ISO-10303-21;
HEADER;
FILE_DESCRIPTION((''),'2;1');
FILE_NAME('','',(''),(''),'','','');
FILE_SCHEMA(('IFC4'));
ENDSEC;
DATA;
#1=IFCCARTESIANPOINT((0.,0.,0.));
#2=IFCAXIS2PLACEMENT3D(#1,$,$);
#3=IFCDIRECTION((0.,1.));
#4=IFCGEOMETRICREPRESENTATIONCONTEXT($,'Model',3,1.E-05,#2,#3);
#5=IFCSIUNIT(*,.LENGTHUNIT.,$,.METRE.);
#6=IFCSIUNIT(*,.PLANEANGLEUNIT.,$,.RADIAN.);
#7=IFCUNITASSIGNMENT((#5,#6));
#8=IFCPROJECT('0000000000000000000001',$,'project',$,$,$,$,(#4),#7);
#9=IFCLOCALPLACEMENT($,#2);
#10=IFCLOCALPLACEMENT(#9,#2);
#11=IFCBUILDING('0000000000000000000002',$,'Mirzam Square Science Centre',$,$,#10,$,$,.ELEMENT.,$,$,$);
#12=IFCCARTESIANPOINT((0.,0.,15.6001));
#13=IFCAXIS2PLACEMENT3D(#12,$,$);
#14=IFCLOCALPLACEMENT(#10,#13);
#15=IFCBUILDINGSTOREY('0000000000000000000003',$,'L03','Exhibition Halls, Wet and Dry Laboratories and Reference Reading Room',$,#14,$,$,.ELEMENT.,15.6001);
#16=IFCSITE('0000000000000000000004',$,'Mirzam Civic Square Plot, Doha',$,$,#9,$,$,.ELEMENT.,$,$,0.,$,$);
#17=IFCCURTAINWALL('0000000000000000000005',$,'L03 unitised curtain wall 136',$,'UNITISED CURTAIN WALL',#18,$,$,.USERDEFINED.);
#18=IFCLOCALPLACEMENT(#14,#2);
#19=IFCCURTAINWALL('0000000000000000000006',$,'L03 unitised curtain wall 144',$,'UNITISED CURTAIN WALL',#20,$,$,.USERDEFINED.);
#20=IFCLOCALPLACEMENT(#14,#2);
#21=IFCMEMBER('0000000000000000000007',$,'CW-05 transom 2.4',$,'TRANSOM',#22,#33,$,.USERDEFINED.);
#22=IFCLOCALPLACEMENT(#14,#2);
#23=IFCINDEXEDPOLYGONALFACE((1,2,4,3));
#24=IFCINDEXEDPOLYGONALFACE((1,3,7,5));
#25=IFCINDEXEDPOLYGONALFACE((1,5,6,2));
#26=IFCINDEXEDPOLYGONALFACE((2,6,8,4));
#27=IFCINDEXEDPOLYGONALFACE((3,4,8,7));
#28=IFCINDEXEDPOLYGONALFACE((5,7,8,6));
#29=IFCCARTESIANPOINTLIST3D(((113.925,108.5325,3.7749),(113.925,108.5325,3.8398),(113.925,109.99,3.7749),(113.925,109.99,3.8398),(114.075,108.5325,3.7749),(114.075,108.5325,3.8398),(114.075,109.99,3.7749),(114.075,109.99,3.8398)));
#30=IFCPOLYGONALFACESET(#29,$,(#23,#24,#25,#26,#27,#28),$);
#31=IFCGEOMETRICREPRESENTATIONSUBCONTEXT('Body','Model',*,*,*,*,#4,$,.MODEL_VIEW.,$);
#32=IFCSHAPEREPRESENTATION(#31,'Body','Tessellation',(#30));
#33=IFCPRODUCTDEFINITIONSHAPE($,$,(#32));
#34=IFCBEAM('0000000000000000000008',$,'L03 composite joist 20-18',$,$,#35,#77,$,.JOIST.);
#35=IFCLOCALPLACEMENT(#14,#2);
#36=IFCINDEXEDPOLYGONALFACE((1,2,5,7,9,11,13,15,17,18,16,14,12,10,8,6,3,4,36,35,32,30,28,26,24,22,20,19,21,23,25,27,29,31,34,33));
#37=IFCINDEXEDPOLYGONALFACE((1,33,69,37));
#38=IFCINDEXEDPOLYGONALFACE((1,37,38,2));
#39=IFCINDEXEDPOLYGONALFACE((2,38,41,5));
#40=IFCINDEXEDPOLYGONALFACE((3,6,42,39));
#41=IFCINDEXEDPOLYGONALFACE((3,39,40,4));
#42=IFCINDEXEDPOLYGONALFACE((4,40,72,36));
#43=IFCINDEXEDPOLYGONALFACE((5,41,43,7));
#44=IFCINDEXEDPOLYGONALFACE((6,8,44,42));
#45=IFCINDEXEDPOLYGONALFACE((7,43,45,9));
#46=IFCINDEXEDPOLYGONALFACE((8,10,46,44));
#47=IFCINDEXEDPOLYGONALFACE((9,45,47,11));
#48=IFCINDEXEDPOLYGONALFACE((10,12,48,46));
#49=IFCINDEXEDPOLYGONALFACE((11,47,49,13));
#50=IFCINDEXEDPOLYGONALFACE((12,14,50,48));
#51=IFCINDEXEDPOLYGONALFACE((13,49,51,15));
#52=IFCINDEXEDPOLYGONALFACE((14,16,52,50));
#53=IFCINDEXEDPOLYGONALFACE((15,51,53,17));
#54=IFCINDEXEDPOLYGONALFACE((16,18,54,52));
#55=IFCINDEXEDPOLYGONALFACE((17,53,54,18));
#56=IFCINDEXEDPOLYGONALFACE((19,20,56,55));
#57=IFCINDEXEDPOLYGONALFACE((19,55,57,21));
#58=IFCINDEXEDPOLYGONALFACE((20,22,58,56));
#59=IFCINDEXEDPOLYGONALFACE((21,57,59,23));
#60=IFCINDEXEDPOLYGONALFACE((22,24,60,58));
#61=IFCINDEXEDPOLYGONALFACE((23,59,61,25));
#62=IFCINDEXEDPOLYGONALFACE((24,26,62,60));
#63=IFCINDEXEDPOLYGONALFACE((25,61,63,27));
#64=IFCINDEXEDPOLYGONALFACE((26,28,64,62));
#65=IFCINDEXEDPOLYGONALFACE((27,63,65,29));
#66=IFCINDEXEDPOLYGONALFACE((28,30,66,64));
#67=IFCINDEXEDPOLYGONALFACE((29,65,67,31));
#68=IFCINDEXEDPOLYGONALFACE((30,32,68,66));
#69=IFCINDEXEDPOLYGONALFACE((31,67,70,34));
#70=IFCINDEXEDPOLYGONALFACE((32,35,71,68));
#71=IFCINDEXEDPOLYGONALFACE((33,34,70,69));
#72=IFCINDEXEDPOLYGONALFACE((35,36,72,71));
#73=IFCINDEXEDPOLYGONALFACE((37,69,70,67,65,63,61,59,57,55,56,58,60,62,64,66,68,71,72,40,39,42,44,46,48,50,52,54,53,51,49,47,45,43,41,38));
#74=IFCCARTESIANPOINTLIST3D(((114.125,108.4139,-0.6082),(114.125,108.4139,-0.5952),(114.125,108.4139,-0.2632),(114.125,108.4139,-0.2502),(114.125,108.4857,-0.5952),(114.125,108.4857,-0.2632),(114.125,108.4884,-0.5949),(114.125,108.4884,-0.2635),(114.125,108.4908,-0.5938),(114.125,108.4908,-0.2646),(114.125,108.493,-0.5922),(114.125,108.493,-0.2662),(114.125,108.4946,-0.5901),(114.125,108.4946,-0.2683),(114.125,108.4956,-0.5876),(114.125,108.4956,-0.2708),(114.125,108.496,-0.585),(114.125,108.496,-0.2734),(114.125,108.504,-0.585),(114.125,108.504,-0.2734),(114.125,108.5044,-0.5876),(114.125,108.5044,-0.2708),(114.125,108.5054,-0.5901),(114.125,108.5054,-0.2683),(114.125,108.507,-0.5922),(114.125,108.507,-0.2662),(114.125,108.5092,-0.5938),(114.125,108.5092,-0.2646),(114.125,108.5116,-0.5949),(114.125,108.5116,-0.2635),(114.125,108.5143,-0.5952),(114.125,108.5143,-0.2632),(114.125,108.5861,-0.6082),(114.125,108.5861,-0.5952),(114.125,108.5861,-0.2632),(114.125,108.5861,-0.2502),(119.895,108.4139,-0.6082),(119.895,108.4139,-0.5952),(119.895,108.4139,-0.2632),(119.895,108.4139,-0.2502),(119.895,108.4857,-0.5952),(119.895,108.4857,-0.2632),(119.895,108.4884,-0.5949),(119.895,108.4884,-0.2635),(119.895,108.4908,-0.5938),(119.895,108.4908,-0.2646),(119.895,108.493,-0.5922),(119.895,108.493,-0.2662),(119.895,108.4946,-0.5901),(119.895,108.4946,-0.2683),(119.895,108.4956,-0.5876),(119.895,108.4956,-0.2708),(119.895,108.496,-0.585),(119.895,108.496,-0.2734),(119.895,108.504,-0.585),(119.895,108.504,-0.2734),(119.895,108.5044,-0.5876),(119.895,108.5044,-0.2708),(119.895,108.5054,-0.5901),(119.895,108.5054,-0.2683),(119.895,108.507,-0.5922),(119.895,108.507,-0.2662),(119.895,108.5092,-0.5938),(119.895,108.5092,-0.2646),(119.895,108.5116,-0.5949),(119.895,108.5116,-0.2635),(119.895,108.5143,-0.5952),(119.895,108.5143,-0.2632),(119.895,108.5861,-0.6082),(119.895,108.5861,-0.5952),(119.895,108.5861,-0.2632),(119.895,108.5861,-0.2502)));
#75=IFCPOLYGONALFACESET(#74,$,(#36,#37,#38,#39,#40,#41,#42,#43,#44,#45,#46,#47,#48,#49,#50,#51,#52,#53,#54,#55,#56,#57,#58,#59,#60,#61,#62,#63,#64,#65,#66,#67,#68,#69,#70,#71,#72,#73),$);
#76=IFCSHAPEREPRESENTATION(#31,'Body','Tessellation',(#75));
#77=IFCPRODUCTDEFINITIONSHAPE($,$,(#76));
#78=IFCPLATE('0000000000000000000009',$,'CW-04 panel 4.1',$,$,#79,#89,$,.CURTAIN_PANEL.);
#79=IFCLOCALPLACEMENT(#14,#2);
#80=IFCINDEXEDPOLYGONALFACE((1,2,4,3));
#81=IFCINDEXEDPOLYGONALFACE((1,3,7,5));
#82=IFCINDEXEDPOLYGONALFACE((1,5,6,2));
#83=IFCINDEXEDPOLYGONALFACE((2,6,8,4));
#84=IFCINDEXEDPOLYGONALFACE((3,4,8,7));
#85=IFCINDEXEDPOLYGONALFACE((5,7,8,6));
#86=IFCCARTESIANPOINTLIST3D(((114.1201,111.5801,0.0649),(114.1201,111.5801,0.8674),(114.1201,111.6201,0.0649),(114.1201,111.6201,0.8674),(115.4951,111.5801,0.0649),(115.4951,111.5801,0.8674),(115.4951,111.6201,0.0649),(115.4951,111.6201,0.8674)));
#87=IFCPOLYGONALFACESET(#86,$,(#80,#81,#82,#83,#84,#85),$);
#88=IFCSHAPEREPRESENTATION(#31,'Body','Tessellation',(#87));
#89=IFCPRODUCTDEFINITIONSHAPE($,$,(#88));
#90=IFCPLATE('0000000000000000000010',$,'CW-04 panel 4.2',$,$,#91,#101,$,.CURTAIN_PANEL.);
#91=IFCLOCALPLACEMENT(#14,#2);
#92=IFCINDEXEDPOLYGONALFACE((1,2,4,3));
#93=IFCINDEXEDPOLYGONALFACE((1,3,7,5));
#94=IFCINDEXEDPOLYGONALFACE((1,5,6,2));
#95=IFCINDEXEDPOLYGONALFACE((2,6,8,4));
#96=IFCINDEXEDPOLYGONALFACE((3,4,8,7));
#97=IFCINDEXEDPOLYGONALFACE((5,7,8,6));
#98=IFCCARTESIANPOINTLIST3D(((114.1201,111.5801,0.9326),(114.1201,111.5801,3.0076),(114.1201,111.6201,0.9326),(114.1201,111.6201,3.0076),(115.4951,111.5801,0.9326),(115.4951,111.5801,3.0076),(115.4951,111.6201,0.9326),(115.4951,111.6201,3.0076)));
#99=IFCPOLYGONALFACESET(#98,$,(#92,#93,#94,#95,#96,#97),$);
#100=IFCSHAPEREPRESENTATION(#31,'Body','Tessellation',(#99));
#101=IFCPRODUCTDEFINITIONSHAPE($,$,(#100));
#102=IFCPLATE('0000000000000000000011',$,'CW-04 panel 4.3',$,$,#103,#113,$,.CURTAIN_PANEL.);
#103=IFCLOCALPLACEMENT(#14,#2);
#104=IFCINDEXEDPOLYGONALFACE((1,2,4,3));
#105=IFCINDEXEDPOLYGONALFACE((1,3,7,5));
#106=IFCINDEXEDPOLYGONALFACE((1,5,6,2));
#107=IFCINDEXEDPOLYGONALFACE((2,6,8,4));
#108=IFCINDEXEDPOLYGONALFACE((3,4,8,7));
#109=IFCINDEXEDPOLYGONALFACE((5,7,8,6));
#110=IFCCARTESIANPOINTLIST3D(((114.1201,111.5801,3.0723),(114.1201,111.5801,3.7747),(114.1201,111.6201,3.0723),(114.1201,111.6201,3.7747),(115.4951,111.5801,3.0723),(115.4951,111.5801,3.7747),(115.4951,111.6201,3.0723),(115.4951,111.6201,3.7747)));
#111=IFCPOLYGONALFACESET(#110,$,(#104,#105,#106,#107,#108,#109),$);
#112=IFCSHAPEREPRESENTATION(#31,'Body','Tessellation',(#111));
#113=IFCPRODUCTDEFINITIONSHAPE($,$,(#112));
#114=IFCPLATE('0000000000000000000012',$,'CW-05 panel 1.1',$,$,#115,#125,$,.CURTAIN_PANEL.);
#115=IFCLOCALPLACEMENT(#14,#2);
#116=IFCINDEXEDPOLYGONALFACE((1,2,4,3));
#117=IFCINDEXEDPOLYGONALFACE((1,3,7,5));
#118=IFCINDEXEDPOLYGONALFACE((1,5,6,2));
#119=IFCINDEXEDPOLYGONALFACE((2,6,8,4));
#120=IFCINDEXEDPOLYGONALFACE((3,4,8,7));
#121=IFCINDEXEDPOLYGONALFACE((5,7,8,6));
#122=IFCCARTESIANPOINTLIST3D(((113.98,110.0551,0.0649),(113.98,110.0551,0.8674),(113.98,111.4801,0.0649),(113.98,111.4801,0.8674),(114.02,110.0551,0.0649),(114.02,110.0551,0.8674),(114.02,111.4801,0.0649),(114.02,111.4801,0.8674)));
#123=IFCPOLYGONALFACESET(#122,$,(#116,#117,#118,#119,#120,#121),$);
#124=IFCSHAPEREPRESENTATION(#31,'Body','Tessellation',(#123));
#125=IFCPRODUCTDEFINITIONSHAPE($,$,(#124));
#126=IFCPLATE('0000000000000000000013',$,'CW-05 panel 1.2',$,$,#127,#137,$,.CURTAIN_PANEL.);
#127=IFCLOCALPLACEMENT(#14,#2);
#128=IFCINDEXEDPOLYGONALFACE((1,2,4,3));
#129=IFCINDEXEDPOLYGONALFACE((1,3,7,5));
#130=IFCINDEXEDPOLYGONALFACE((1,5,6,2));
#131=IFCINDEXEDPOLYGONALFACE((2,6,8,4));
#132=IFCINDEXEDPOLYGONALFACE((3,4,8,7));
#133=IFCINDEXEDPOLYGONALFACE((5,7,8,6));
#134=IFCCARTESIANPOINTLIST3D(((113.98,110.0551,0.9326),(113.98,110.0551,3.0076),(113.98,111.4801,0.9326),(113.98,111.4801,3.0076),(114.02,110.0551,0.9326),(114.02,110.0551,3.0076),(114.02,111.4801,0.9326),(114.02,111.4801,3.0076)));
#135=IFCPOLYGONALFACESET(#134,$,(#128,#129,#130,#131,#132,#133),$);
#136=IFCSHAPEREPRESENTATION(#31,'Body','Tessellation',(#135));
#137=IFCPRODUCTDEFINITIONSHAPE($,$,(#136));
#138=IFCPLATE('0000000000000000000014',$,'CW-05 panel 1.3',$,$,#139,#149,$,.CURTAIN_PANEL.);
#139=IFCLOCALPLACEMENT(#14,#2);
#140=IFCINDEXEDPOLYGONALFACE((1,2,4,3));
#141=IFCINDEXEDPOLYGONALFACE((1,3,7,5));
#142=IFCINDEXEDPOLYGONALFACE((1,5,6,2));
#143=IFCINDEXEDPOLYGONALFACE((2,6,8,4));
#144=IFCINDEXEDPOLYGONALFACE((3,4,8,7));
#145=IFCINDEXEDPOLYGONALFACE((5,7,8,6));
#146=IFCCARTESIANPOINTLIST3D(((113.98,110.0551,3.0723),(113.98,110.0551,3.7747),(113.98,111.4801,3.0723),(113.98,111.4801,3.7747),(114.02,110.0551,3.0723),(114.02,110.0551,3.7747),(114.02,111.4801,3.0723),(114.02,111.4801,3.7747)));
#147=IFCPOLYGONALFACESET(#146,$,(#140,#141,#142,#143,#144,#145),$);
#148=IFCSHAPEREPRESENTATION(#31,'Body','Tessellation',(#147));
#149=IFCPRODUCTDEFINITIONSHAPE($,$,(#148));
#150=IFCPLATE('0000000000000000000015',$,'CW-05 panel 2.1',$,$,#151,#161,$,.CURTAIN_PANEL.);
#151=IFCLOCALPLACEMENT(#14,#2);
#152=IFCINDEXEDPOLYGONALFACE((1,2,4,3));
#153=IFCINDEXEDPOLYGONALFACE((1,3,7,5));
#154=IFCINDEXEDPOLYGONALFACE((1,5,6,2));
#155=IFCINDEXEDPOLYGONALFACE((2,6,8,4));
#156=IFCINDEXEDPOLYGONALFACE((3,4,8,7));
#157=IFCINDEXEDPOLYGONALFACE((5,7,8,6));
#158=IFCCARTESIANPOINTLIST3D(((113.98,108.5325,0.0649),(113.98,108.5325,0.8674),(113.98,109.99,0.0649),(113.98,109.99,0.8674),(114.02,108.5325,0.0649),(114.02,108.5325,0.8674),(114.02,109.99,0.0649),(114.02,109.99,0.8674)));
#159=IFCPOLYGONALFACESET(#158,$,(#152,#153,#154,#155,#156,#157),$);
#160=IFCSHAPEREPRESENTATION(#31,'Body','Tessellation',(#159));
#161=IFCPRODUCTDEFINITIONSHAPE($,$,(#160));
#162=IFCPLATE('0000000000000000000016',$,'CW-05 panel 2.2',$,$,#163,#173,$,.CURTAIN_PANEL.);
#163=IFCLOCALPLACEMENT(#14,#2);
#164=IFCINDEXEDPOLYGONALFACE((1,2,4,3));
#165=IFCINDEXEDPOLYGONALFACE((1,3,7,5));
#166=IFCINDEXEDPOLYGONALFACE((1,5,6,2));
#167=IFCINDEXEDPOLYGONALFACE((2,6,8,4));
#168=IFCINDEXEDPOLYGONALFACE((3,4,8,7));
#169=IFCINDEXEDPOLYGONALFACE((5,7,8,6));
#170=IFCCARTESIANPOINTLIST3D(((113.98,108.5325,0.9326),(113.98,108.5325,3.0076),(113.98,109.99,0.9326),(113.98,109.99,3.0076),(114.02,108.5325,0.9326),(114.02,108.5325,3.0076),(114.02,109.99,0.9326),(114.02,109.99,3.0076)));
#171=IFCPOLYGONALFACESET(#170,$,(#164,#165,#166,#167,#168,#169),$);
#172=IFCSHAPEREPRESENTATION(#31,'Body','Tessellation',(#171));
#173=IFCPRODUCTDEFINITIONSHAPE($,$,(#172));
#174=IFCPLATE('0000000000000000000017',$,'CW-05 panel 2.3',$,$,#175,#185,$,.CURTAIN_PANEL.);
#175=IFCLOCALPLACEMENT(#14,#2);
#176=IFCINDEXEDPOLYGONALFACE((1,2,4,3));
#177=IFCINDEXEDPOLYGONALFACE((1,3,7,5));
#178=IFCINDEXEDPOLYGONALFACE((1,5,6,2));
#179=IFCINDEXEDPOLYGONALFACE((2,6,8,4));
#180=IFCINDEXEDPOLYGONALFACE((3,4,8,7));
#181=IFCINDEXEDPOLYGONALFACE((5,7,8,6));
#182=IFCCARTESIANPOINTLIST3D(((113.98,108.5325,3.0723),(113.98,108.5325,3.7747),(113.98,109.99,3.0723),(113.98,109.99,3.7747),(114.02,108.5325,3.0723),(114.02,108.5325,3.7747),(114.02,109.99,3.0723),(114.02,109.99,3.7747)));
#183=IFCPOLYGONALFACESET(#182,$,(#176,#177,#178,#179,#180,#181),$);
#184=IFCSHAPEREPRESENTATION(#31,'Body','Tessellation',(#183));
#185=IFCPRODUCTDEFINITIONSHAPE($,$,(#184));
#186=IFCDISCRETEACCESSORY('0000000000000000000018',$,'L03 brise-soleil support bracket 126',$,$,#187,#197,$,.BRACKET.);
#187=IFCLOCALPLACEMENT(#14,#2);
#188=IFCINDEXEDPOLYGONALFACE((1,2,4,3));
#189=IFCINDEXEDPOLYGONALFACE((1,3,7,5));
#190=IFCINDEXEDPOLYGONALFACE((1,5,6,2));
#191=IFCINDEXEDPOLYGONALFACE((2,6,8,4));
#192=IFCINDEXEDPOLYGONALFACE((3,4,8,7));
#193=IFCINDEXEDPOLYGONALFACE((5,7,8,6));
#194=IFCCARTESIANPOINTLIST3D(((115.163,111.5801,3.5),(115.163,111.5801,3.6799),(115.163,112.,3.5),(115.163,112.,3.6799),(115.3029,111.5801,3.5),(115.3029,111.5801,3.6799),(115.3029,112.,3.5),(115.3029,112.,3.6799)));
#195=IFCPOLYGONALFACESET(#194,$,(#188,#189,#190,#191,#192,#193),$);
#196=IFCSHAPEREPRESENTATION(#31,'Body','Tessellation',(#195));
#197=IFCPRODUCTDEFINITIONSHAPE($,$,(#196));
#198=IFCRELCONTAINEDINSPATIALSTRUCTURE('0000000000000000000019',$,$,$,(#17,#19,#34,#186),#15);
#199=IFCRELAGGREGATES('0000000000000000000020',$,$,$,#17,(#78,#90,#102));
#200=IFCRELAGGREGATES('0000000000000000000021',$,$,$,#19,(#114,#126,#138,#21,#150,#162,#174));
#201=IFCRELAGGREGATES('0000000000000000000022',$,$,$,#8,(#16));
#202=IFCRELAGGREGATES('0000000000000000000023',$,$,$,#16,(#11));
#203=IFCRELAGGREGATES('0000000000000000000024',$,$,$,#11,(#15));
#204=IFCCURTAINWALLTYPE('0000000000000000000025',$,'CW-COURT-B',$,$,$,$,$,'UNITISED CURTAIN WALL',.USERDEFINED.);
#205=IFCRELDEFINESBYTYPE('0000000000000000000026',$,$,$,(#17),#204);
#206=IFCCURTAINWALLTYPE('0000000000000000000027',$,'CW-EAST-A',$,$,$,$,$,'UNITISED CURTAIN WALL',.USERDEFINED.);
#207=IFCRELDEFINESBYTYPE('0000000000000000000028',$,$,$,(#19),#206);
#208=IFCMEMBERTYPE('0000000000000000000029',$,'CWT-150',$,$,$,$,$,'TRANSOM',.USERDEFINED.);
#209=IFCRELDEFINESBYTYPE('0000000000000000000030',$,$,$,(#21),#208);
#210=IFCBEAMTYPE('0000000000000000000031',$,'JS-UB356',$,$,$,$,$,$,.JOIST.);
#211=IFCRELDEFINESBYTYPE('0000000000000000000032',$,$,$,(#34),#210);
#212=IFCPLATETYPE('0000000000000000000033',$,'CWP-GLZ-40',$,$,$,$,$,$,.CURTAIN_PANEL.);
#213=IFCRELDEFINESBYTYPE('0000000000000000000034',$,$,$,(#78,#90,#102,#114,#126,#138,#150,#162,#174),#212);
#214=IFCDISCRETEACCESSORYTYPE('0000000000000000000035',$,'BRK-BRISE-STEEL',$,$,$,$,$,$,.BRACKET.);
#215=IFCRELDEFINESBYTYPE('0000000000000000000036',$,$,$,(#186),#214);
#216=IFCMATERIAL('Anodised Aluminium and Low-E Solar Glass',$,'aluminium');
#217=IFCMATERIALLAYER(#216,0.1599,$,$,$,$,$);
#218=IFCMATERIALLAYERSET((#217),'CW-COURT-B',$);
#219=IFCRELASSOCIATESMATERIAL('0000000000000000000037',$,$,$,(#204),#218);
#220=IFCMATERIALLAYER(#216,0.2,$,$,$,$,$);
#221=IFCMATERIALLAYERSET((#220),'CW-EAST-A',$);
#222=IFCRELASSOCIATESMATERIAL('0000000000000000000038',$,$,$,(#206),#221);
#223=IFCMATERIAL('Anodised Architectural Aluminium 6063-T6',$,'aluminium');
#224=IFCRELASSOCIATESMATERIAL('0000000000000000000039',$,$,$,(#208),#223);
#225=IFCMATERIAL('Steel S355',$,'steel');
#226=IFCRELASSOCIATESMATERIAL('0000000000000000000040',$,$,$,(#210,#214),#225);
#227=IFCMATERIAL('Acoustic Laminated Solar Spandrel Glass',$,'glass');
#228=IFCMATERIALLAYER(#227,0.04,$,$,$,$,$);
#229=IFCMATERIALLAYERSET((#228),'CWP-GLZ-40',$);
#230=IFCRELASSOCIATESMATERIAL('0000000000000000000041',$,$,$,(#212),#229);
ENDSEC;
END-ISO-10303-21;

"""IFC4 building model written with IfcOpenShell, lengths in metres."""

from ifc_helpers import new_model, si_unit, direction, frame, origin, origin_2d, place, context, subcontext, project, spatial, rectangle, i_section, extrude, material, layer, layer_set, material_profile, profile_set, type_object, element, aggregate, save


model = new_model("IFC4")

# Units and contexts
model_context = context("Model", 3, precision=1e-05, world=origin(), true_north=direction((0.0, 1.0)))
body_context = subcontext(model_context, "Body", "Model", "MODEL_VIEW")
ifc_project = project(units=[si_unit("LENGTHUNIT", "METRE"), si_unit("PLANEANGLEUNIT", "RADIAN")], contexts=[model_context])

# Site, building, storey
site_placement = place(None, origin())
site = spatial("IfcSite", under=ifc_project, at=site_placement, Name="Mirzam Civic Square Plot, Doha", CompositionType="ELEMENT", RefElevation=0.0)
building_placement = place(site_placement, origin())
building = spatial("IfcBuilding", under=site, at=building_placement, Name="Mirzam Square Science Centre", CompositionType="ELEMENT")
storey_placement = place(building_placement, frame((0.0, 0.0, 15.6001)))
storey = spatial("IfcBuildingStorey", under=building, at=storey_placement, Name="L03", Description="Exhibition Halls, Wet and Dry Laboratories and Reference Reading Room", CompositionType="ELEMENT", Elevation=15.6001)

# Curtain wall
ifc_material_1 = material(Name="Anodised Aluminium and Low-E Solar Glass", Category="aluminium")
ifc_layer_1 = layer(ifc_material_1, 0.1599)
ifc_layer_set_1 = layer_set([ifc_layer_1], Name="CW-COURT-B")
curtain_wall_type_1 = type_object("IfcCurtainWallType", Name="CW-COURT-B", ElementType="UNITISED CURTAIN WALL", PredefinedType="USERDEFINED", material=ifc_layer_set_1)
curtain_wall_1_placement = place(storey_placement, origin())
curtain_wall_1 = element("IfcCurtainWall", 1, at=curtain_wall_1_placement, inside=storey, type_object=curtain_wall_type_1, Name="L03 unitised curtain wall 136", ObjectType="UNITISED CURTAIN WALL", PredefinedType="USERDEFINED")
ifc_material_2 = material(Name="Anodised Architectural Aluminium 6063-T6", Category="aluminium")

# Curtain wall
ifc_layer_2 = layer(ifc_material_1, 0.2)
ifc_layer_set_2 = layer_set([ifc_layer_2], Name="CW-EAST-A")
curtain_wall_type_2 = type_object("IfcCurtainWallType", Name="CW-EAST-A", ElementType="UNITISED CURTAIN WALL", PredefinedType="USERDEFINED", material=ifc_layer_set_2)
curtain_wall_2_placement = place(storey_placement, origin())
curtain_wall_2 = element("IfcCurtainWall", 2, at=curtain_wall_2_placement, inside=storey, type_object=curtain_wall_type_2, Name="L03 unitised curtain wall 144", ObjectType="UNITISED CURTAIN WALL", PredefinedType="USERDEFINED")

# Member
ifc_material_profile_1 = material_profile(ifc_material_2, rectangle(XDim=0.1499, YDim=0.0649, at=origin_2d()), Name="ALU-TRAN-150x65x4")
ifc_profile_set_1 = profile_set([ifc_material_profile_1], Name="Anodised Architectural Aluminium 6063-T6")
member_type_1 = type_object("IfcMemberType", Name="CWT-150", ElementType="TRANSOM", PredefinedType="USERDEFINED", material=ifc_profile_set_1)
member_1_placement = place(storey_placement, frame((114.0, 109.99, 3.8074), z_axis=(0.0, -1.0, 0.0), x_axis=(1.0, 0.0, 0.0)))
member_1 = element("IfcMember", 3, at=member_1_placement, type_object=member_type_1, Name="CW-05 transom 2.4", ObjectType="TRANSOM", PredefinedType="USERDEFINED", context=body_context, shape_type="SweptSolid", body=[
    extrude(rectangle(XDim=0.1499, YDim=0.0649, at=origin_2d()), origin(), (0.0, 0.0, 1.0), 1.4575),
])

# Beam
ifc_material_3 = material(Name="Steel S355", Category="steel")
ifc_material_profile_2 = material_profile(ifc_material_3, i_section(OverallWidth=0.1721, OverallDepth=0.3579, WebThickness=0.0081, FlangeThickness=0.0129, FilletRadius=0.0103, at=origin_2d()), Name="356x171x57UB")
ifc_profile_set_2 = profile_set([ifc_material_profile_2], Name="Steel S355")
beam_type = type_object("IfcBeamType", Name="JS-UB356", PredefinedType="JOIST", material=ifc_profile_set_2)
beam_placement = place(storey_placement, frame((114.125, 108.5, -0.4292), z_axis=(1.0, 0.0, 0.0), x_axis=(0.0, 1.0, 0.0)))
element("IfcBeam", 4, at=beam_placement, inside=storey, type_object=beam_type, Name="L03 composite joist 20-18", PredefinedType="JOIST", context=body_context, shape_type="SweptSolid", body=[
    extrude(i_section(OverallWidth=0.1721, OverallDepth=0.3579, WebThickness=0.0081, FlangeThickness=0.0129, FilletRadius=0.0103, at=origin_2d()), origin(), (0.0, 0.0, 1.0), 5.77),
])

# Plates
ifc_material_4 = material(Name="Acoustic Laminated Solar Spandrel Glass", Category="glass")
ifc_layer_3 = layer(ifc_material_4, 0.04)
ifc_layer_set_3 = layer_set([ifc_layer_3], Name="CWP-GLZ-40")
plate_type = type_object("IfcPlateType", Name="CWP-GLZ-40", PredefinedType="CURTAIN_PANEL", material=ifc_layer_set_3)
plate_1_placement = place(storey_placement, frame((114.8076, 111.6001, 0.0649), z_axis=(0.0, 0.0, 1.0), x_axis=(-1.0, 0.0, 0.0)))
plate_1 = element("IfcPlate", 5, at=plate_1_placement, type_object=plate_type, Name="CW-04 panel 4.1", PredefinedType="CURTAIN_PANEL", context=body_context, shape_type="SweptSolid", body=[
    extrude(rectangle(XDim=1.375, YDim=0.04, at=origin_2d()), origin(), (0.0, 0.0, 1.0), 0.8025),
])
plate_2_placement = place(storey_placement, frame((114.8076, 111.6001, 0.9326), z_axis=(0.0, 0.0, 1.0), x_axis=(-1.0, 0.0, 0.0)))
plate_2 = element("IfcPlate", 6, at=plate_2_placement, type_object=plate_type, Name="CW-04 panel 4.2", PredefinedType="CURTAIN_PANEL", context=body_context, shape_type="SweptSolid", body=[
    extrude(rectangle(XDim=1.375, YDim=0.04, at=origin_2d()), origin(), (0.0, 0.0, 1.0), 2.075),
])
plate_3_placement = place(storey_placement, frame((114.8076, 111.6001, 3.0723), z_axis=(0.0, 0.0, 1.0), x_axis=(-1.0, 0.0, 0.0)))
plate_3 = element("IfcPlate", 7, at=plate_3_placement, type_object=plate_type, Name="CW-04 panel 4.3", PredefinedType="CURTAIN_PANEL", context=body_context, shape_type="SweptSolid", body=[
    extrude(rectangle(XDim=1.375, YDim=0.04, at=origin_2d()), origin(), (0.0, 0.0, 1.0), 0.7024),
])
aggregate(curtain_wall_1, [plate_1, plate_2, plate_3])
plate_4_placement = place(storey_placement, frame((114.0, 110.7676, 0.0649), z_axis=(0.0, 0.0, 1.0), x_axis=(0.0, -1.0, 0.0)))
plate_4 = element("IfcPlate", 8, at=plate_4_placement, type_object=plate_type, Name="CW-05 panel 1.1", PredefinedType="CURTAIN_PANEL", context=body_context, shape_type="SweptSolid", body=[
    extrude(rectangle(XDim=1.425, YDim=0.04, at=origin_2d()), origin(), (0.0, 0.0, 1.0), 0.8025),
])
plate_5_placement = place(storey_placement, frame((114.0, 110.7676, 0.9326), z_axis=(0.0, 0.0, 1.0), x_axis=(0.0, -1.0, 0.0)))
plate_5 = element("IfcPlate", 9, at=plate_5_placement, type_object=plate_type, Name="CW-05 panel 1.2", PredefinedType="CURTAIN_PANEL", context=body_context, shape_type="SweptSolid", body=[
    extrude(rectangle(XDim=1.425, YDim=0.04, at=origin_2d()), origin(), (0.0, 0.0, 1.0), 2.075),
])
plate_6_placement = place(storey_placement, frame((114.0, 110.7676, 3.0723), z_axis=(0.0, 0.0, 1.0), x_axis=(0.0, -1.0, 0.0)))
plate_6 = element("IfcPlate", 10, at=plate_6_placement, type_object=plate_type, Name="CW-05 panel 1.3", PredefinedType="CURTAIN_PANEL", context=body_context, shape_type="SweptSolid", body=[
    extrude(rectangle(XDim=1.425, YDim=0.04, at=origin_2d()), origin(), (0.0, 0.0, 1.0), 0.7024),
])
plate_7_placement = place(storey_placement, frame((114.0, 109.2612, 0.0649), z_axis=(0.0, 0.0, 1.0), x_axis=(0.0, -1.0, 0.0)))
plate_7 = element("IfcPlate", 11, at=plate_7_placement, type_object=plate_type, Name="CW-05 panel 2.1", PredefinedType="CURTAIN_PANEL", context=body_context, shape_type="SweptSolid", body=[
    extrude(rectangle(XDim=1.4575, YDim=0.04, at=origin_2d()), origin(), (0.0, 0.0, 1.0), 0.8025),
])
plate_8_placement = place(storey_placement, frame((114.0, 109.2612, 0.9326), z_axis=(0.0, 0.0, 1.0), x_axis=(0.0, -1.0, 0.0)))
plate_8 = element("IfcPlate", 12, at=plate_8_placement, type_object=plate_type, Name="CW-05 panel 2.2", PredefinedType="CURTAIN_PANEL", context=body_context, shape_type="SweptSolid", body=[
    extrude(rectangle(XDim=1.4575, YDim=0.04, at=origin_2d()), origin(), (0.0, 0.0, 1.0), 2.075),
])
plate_9_placement = place(storey_placement, frame((114.0, 109.2612, 3.0723), z_axis=(0.0, 0.0, 1.0), x_axis=(0.0, -1.0, 0.0)))
plate_9 = element("IfcPlate", 13, at=plate_9_placement, type_object=plate_type, Name="CW-05 panel 2.3", PredefinedType="CURTAIN_PANEL", context=body_context, shape_type="SweptSolid", body=[
    extrude(rectangle(XDim=1.4575, YDim=0.04, at=origin_2d()), origin(), (0.0, 0.0, 1.0), 0.7024),
])
aggregate(curtain_wall_2, [plate_4, plate_5, plate_6, member_1, plate_7, plate_8, plate_9])

# Discrete accessory
discrete_accessory_type = type_object("IfcDiscreteAccessoryType", Name="BRK-BRISE-STEEL", PredefinedType="BRACKET", material=ifc_material_3)
discrete_accessory_placement = place(storey_placement, frame((115.2329, 111.79, 3.5), z_axis=(0.0, 0.0, 1.0), x_axis=(-1.0, 0.0, 0.0)))
element("IfcDiscreteAccessory", 14, at=discrete_accessory_placement, inside=storey, type_object=discrete_accessory_type, Name="L03 brise-soleil support bracket 126", PredefinedType="BRACKET", context=body_context, shape_type="SweptSolid", body=[
    extrude(rectangle(XDim=0.1399, YDim=0.4199, at=origin_2d()), origin(), (0.0, 0.0, 1.0), 0.1799),
])

save(model, "model.ifc")
